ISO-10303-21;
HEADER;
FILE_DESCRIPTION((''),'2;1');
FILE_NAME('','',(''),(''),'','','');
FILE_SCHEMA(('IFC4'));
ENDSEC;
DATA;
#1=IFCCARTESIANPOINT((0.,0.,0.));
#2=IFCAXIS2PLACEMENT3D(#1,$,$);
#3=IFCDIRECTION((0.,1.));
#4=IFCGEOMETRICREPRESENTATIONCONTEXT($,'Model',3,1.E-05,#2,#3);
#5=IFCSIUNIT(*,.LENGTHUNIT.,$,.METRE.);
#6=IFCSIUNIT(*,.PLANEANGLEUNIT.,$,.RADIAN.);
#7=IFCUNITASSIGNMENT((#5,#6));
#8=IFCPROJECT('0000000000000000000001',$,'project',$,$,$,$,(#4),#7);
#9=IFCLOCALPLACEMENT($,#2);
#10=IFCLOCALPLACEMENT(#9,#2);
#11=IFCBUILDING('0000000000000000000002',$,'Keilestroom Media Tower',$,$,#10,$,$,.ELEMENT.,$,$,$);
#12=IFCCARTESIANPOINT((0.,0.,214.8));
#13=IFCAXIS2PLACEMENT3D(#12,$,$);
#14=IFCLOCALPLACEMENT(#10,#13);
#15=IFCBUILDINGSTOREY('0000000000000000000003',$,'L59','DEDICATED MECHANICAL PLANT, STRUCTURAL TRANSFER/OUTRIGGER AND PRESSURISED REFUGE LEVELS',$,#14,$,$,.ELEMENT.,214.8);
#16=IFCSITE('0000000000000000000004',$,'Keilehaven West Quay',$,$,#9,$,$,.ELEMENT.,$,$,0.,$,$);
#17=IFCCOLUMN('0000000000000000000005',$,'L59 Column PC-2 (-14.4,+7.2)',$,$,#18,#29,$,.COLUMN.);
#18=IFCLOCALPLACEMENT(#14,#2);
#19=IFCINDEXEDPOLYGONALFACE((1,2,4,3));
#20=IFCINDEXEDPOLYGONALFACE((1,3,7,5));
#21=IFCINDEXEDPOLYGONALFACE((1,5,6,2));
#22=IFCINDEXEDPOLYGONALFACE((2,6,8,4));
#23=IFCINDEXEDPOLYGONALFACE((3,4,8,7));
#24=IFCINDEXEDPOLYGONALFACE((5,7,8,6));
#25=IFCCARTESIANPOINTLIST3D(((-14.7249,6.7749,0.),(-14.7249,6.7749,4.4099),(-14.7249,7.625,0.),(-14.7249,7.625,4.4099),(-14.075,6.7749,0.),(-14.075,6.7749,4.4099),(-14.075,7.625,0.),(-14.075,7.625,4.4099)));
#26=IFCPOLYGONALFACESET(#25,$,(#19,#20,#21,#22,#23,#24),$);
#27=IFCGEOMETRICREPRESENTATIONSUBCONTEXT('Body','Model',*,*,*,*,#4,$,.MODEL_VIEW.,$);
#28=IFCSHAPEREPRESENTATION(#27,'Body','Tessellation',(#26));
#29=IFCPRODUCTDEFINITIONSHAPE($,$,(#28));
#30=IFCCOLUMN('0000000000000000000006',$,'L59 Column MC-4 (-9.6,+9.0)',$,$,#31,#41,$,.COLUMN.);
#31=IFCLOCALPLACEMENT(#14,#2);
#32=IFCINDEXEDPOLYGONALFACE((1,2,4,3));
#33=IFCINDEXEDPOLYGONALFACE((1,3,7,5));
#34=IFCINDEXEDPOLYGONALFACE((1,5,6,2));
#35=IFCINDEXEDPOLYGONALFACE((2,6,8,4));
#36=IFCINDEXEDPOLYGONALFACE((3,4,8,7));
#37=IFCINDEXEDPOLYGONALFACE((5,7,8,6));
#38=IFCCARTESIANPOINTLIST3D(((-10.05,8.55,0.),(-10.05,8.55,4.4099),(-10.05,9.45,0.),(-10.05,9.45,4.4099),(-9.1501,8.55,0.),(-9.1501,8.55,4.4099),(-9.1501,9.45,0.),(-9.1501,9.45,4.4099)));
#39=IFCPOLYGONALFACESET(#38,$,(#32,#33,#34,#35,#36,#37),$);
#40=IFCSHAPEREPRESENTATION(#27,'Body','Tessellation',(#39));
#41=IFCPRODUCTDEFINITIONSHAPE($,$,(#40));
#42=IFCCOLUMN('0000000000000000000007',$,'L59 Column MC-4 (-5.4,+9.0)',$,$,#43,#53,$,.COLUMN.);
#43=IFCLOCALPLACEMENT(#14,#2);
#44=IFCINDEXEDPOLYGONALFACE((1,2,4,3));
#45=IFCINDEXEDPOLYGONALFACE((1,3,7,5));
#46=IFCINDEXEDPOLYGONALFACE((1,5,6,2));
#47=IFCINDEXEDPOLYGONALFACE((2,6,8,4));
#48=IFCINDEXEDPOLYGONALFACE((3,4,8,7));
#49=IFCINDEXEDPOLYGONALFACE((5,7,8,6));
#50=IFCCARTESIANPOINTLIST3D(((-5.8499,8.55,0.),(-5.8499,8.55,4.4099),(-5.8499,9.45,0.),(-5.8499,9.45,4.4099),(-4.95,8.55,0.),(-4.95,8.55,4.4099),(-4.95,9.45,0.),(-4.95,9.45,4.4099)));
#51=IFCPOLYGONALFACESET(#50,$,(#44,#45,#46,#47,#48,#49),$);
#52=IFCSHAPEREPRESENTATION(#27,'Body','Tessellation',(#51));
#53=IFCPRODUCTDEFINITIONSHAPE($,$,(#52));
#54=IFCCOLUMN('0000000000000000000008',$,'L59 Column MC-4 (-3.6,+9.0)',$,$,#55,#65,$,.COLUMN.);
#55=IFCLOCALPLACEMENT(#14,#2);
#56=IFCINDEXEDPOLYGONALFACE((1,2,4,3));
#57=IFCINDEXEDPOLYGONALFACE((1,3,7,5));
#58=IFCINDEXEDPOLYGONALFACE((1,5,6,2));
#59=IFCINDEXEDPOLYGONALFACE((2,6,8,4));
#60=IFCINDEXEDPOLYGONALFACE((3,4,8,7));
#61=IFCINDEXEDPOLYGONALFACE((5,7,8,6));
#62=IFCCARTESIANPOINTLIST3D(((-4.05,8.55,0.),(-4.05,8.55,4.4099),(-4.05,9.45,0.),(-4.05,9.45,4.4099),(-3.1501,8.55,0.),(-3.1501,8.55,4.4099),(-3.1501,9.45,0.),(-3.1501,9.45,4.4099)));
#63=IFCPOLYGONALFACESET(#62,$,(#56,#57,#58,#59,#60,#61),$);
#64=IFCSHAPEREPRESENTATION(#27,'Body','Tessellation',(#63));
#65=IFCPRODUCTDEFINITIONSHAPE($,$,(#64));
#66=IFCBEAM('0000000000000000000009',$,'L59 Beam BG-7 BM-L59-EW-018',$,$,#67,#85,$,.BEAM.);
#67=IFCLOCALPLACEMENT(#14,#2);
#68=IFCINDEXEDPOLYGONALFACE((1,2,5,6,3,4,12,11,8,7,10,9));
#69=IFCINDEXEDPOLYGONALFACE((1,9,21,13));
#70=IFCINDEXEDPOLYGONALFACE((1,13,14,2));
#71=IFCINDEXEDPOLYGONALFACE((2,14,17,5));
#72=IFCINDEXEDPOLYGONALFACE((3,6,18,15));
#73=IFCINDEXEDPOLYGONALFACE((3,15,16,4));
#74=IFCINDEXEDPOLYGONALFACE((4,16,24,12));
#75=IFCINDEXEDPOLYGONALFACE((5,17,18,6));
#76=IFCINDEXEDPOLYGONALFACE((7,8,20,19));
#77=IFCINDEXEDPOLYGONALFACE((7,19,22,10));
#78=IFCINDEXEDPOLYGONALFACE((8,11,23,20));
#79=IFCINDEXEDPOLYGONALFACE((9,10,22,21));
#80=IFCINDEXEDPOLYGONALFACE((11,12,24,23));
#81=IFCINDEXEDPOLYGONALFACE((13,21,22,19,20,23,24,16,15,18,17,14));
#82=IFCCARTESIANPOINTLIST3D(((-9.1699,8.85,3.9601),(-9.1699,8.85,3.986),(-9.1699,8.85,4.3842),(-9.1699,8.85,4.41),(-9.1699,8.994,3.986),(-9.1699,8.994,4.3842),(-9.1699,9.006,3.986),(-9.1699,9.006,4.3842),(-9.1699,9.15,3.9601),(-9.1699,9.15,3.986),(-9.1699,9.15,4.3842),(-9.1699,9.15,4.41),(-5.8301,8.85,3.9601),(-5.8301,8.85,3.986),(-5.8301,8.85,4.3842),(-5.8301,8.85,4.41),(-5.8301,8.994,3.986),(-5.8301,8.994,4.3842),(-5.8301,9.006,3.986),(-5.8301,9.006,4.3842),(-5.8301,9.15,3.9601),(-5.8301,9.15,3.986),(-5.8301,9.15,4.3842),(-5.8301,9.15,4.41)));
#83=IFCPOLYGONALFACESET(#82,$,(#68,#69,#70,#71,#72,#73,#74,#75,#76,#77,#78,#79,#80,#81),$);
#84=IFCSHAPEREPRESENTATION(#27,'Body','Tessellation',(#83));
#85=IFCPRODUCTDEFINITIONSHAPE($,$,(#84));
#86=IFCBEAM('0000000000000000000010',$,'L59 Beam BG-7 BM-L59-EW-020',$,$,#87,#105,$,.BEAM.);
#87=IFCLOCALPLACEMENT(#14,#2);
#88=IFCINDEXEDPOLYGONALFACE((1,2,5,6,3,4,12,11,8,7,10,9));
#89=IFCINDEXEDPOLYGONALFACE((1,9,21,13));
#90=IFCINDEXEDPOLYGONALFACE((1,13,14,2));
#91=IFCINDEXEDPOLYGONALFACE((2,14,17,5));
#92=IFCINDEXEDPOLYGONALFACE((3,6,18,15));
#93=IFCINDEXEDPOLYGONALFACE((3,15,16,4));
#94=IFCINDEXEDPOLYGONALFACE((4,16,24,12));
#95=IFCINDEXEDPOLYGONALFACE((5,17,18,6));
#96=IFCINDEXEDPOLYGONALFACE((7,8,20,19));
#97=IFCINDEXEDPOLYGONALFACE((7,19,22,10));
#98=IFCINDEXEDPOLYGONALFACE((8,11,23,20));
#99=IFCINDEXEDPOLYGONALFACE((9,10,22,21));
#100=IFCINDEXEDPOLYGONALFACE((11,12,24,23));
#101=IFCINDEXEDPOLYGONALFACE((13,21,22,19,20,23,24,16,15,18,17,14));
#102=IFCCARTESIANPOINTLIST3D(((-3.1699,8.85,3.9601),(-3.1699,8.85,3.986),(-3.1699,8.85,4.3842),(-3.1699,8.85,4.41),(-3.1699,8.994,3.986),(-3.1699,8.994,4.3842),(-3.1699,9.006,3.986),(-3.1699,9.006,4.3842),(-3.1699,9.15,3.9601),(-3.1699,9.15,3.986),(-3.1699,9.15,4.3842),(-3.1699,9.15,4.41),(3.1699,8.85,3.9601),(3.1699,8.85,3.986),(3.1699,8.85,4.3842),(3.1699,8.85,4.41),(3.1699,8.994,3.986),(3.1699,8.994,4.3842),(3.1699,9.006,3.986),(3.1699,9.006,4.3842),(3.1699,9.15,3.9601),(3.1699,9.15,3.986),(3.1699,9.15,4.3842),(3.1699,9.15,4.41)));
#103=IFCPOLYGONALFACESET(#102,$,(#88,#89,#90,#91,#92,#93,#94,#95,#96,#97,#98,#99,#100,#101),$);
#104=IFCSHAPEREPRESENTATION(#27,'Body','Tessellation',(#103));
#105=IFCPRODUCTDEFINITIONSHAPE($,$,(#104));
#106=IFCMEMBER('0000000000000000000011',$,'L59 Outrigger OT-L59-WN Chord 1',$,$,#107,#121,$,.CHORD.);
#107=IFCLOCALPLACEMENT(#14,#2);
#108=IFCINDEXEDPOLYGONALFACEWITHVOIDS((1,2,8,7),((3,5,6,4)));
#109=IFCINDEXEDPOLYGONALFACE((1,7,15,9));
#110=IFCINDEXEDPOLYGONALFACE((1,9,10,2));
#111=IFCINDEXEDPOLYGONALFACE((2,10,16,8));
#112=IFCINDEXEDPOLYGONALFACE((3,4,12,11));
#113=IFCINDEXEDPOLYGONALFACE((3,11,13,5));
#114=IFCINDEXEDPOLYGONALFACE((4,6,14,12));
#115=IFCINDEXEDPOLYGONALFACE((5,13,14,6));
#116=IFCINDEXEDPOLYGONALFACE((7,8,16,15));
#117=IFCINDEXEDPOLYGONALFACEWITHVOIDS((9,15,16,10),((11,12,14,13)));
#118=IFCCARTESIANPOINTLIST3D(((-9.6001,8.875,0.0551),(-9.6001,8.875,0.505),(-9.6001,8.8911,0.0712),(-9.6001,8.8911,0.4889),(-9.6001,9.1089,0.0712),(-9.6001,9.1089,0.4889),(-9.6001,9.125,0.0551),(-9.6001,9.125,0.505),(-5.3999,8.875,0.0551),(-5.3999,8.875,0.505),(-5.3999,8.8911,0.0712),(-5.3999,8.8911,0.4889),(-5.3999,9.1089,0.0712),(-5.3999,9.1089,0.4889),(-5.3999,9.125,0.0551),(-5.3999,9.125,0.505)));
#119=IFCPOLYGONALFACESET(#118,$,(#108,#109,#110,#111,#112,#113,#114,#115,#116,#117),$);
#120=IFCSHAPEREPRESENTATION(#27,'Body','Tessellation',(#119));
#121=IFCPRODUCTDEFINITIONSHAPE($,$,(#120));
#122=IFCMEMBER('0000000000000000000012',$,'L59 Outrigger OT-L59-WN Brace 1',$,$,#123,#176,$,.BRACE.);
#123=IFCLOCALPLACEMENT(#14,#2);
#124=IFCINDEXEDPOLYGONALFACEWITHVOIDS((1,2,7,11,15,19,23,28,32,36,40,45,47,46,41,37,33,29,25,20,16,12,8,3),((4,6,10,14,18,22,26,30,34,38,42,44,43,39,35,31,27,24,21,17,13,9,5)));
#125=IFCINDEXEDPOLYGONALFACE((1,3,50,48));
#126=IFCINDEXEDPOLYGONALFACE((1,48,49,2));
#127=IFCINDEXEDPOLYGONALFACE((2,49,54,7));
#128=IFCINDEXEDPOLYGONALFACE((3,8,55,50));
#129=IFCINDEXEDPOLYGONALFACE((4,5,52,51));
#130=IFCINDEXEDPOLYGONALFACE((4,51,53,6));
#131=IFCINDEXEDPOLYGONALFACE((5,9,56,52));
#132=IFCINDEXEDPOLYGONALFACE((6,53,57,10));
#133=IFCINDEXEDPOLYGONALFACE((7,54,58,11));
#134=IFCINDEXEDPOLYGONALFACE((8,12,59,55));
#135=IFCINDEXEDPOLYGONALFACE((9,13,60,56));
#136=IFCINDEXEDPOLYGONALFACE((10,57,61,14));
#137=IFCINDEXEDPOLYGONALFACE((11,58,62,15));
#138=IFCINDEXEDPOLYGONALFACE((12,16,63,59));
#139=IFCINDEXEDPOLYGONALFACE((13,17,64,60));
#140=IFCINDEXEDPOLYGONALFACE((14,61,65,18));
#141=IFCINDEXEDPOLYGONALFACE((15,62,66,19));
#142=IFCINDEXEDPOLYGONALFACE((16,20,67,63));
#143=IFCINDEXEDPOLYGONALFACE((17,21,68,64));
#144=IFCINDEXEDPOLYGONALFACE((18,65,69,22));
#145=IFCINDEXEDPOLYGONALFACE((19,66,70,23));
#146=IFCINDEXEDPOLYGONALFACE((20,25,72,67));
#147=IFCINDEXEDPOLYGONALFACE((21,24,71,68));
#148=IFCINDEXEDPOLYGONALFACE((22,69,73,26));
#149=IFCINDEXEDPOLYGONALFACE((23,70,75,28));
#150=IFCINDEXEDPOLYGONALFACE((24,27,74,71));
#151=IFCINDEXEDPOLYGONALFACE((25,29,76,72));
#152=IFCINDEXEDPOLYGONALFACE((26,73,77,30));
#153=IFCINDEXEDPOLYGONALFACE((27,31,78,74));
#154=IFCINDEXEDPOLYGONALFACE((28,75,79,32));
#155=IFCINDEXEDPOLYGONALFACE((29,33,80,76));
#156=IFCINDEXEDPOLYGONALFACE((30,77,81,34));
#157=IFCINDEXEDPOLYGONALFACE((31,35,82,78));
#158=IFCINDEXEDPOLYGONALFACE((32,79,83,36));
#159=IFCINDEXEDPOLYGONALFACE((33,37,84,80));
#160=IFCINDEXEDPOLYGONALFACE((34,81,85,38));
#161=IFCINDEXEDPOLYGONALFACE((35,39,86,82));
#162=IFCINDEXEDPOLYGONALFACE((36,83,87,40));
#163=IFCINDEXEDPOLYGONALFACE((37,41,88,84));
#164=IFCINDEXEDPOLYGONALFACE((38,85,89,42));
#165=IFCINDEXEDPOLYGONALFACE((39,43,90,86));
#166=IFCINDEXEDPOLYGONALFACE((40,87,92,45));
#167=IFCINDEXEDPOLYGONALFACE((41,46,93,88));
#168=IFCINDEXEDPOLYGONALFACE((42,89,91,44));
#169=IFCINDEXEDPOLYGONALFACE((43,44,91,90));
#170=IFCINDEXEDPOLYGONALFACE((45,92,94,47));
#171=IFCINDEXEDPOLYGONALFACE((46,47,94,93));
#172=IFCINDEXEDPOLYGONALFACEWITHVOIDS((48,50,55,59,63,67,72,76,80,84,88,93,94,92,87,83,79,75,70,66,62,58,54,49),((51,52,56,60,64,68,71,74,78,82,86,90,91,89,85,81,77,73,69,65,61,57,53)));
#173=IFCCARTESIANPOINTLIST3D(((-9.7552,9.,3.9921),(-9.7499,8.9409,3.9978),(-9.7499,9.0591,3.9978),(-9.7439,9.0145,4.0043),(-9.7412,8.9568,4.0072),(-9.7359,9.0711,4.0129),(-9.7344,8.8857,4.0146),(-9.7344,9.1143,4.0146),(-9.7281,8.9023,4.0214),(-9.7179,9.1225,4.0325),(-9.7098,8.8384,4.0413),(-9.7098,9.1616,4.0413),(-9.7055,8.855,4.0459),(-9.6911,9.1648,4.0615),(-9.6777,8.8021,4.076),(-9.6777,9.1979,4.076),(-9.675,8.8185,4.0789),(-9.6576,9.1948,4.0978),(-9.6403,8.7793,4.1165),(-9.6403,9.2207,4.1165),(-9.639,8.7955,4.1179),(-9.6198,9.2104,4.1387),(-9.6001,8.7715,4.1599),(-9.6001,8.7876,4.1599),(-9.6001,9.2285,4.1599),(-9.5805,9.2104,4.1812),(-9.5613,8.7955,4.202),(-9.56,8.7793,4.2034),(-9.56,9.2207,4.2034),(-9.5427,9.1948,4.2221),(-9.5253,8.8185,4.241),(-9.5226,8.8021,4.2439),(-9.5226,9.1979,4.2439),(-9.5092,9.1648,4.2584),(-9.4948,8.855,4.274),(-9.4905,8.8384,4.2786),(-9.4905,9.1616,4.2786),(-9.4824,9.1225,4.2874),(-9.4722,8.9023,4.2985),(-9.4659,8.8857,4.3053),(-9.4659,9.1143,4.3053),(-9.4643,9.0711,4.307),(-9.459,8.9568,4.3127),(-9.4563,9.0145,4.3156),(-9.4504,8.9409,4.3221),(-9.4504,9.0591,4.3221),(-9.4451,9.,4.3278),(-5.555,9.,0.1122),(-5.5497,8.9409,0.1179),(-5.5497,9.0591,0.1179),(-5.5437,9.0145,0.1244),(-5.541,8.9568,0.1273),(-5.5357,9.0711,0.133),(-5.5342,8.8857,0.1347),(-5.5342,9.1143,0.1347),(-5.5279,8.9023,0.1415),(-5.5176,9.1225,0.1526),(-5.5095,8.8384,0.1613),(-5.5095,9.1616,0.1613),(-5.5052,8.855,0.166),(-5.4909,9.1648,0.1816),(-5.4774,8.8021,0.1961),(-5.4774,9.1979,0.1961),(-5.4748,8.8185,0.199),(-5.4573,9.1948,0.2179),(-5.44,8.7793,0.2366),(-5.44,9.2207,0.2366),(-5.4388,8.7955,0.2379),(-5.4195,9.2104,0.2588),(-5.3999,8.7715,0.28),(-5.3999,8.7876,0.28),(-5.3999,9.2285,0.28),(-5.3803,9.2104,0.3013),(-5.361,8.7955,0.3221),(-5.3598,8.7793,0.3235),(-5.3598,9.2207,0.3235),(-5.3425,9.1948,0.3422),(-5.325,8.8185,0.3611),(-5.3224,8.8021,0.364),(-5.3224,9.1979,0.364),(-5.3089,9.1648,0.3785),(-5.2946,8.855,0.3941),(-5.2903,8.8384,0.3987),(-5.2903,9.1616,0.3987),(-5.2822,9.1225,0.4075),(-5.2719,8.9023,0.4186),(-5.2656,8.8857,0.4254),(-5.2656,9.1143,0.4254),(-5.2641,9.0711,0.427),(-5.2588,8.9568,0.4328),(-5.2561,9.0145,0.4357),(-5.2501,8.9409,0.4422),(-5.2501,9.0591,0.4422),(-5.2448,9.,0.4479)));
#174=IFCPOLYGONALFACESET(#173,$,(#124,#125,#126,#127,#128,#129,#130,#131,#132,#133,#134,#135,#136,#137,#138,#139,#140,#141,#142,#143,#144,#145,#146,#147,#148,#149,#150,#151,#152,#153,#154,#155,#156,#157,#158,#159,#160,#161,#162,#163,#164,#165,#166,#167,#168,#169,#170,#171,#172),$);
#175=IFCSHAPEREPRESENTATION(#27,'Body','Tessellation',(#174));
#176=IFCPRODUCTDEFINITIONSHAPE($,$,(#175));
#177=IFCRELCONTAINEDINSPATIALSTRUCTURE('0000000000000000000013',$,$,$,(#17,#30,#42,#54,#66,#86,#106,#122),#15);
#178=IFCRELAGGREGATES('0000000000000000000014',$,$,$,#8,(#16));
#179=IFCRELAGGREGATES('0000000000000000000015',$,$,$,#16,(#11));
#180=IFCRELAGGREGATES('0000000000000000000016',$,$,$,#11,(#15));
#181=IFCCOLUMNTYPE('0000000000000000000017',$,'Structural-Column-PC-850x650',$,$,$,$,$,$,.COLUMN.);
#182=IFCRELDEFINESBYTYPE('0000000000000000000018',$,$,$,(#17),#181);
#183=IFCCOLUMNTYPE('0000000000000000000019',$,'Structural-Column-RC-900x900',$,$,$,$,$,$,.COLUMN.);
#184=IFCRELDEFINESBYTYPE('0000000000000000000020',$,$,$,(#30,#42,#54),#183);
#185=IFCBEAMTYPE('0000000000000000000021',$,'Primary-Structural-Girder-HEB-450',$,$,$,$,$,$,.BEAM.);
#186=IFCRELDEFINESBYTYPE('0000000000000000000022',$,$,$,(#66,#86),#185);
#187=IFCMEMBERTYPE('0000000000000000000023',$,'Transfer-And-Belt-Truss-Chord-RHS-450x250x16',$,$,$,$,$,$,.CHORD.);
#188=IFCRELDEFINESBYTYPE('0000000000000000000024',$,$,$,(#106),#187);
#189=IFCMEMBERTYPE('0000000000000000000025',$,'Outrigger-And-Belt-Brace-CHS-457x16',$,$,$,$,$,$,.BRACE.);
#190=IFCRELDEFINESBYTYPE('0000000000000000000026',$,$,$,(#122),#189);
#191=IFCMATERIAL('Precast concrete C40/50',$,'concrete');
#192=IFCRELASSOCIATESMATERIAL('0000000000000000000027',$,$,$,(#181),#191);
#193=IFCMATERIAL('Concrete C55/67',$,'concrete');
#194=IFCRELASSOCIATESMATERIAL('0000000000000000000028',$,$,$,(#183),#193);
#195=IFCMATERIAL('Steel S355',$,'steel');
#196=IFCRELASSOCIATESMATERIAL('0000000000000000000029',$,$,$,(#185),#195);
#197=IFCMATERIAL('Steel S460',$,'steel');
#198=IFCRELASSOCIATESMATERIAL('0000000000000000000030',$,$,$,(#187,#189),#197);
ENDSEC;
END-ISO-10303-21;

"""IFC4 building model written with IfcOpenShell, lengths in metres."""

from ifc_helpers import new_model, si_unit, direction, frame, origin, origin_2d, place, context, subcontext, project, spatial, rectangle, hollow_rectangle, hollow_circle, i_section, extrude, source, transform, mapped, material, material_profile, profile_set, type_object, element, save


model = new_model("IFC4")

# Units and contexts
model_context = context("Model", 3, precision=1e-05, world=origin(), true_north=direction((0.0, 1.0)))
body_context = subcontext(model_context, "Body", "Model", "MODEL_VIEW")
ifc_project = project(units=[si_unit("LENGTHUNIT", "METRE"), si_unit("PLANEANGLEUNIT", "RADIAN")], contexts=[model_context])

# Site, building, storey
site_placement = place(None, origin())
site = spatial("IfcSite", under=ifc_project, at=site_placement, Name="Keilehaven West Quay", CompositionType="ELEMENT", RefElevation=0.0)
building_placement = place(site_placement, origin())
building = spatial("IfcBuilding", under=site, at=building_placement, Name="Keilestroom Media Tower", CompositionType="ELEMENT")
storey_placement = place(building_placement, frame((0.0, 0.0, 214.8)))
storey = spatial("IfcBuildingStorey", under=building, at=storey_placement, Name="L59", Description="DEDICATED MECHANICAL PLANT, STRUCTURAL TRANSFER/OUTRIGGER AND PRESSURISED REFUGE LEVELS", CompositionType="ELEMENT", Elevation=214.8)

# Columns
ifc_material_1 = material(Name="Precast concrete C40/50", Category="concrete")
ifc_material_profile_1 = material_profile(ifc_material_1, rectangle(XDim=0.6499, YDim=0.8501, at=origin_2d()), Name="PC 850x650")
ifc_profile_set_1 = profile_set([ifc_material_profile_1], Name="Precast concrete C40/50")
column_type_1 = type_object("IfcColumnType", Name="Structural-Column-PC-850x650", PredefinedType="COLUMN", material=ifc_profile_set_1)
shared_shape_1 = source(origin(), body_context, "Body", "SweptSolid", [
    extrude(rectangle(XDim=0.6499, YDim=0.8501, at=origin_2d()), origin(), (0.0, 0.0, 1.0), 4.4099),
])
column_placement = place(storey_placement, frame((-14.3999, 7.2, 0.0), z_axis=(0.0, 0.0, 1.0), x_axis=(1.0, 0.0, 0.0)))
element("IfcColumn", 1, at=column_placement, inside=storey, type_object=column_type_1, Name="L59 Column PC-2 (-14.4,+7.2)", PredefinedType="COLUMN", context=body_context, shape_type="MappedRepresentation", body=[
    mapped(shared_shape_1, transform((0.0, 0.0, 0.0), x_axis=(1.0, 0.0, 0.0), y_axis=(0.0, 1.0, 0.0), z_axis=(0.0, 0.0, 1.0), scale=1.0)),
])
ifc_material_2 = material(Name="Concrete C55/67", Category="concrete")
ifc_material_profile_2 = material_profile(ifc_material_2, rectangle(XDim=0.8999, YDim=0.8999, at=origin_2d()), Name="RC 900x900")
ifc_profile_set_2 = profile_set([ifc_material_profile_2], Name="Concrete C55/67")
column_type_2 = type_object("IfcColumnType", Name="Structural-Column-RC-900x900", PredefinedType="COLUMN", material=ifc_profile_set_2)
shared_shape_2 = source(origin(), body_context, "Body", "SweptSolid", [
    extrude(rectangle(XDim=0.8999, YDim=0.8999, at=origin_2d()), origin(), (0.0, 0.0, 1.0), 4.4099),
])
for number, where, z_axis, x_axis, name in (
    (2, (-9.6001, 9.0, 0.0), (0.0, 0.0, 1.0), (1.0, 0.0, 0.0), "L59 Column MC-4 (-9.6,+9.0)"),
    (3, (-5.3999, 9.0, 0.0), (0.0, 0.0, 1.0), (1.0, 0.0, 0.0), "L59 Column MC-4 (-5.4,+9.0)"),
    (4, (-3.6001, 9.0, 0.0), (0.0, 0.0, 1.0), (1.0, 0.0, 0.0), "L59 Column MC-4 (-3.6,+9.0)"),
):
    element("IfcColumn", number, at=place(storey_placement, frame(where, z_axis=z_axis, x_axis=x_axis)), inside=storey, type_object=column_type_2, Name=name, PredefinedType="COLUMN", context=body_context, shape_type="MappedRepresentation", body=[
        mapped(shared_shape_2, transform((0.0, 0.0, 0.0), x_axis=(1.0, 0.0, 0.0), y_axis=(0.0, 1.0, 0.0), z_axis=(0.0, 0.0, 1.0), scale=1.0)),
    ])

# Beams
ifc_material_3 = material(Name="Steel S355", Category="steel")
ifc_material_profile_3 = material_profile(ifc_material_3, i_section(OverallWidth=0.3, OverallDepth=0.45, WebThickness=0.012, FlangeThickness=0.0259, at=origin_2d()), Name="HEB 450")
ifc_profile_set_3 = profile_set([ifc_material_profile_3], Name="Steel S355")
beam_type = type_object("IfcBeamType", Name="Primary-Structural-Girder-HEB-450", PredefinedType="BEAM", material=ifc_profile_set_3)
shared_shape_3 = source(origin(), body_context, "Body", "SweptSolid", [
    extrude(i_section(OverallWidth=0.3, OverallDepth=0.45, WebThickness=0.012, FlangeThickness=0.0259, at=origin_2d()), origin(), (0.0, 0.0, 1.0), 3.3398),
])
beam_1_placement = place(storey_placement, frame((-9.1699, 9.0, 4.1851), z_axis=(1.0, 0.0, 0.0), x_axis=(0.0, 1.0, 0.0)))
element("IfcBeam", 5, at=beam_1_placement, inside=storey, type_object=beam_type, Name="L59 Beam BG-7 BM-L59-EW-018", PredefinedType="BEAM", context=body_context, shape_type="MappedRepresentation", body=[
    mapped(shared_shape_3, transform((0.0, 0.0, 0.0), x_axis=(1.0, 0.0, 0.0), y_axis=(0.0, 1.0, 0.0), z_axis=(0.0, 0.0, 1.0), scale=1.0)),
])
shared_shape_4 = source(origin(), body_context, "Body", "SweptSolid", [
    extrude(i_section(OverallWidth=0.3, OverallDepth=0.45, WebThickness=0.012, FlangeThickness=0.0259, at=origin_2d()), origin(), (0.0, 0.0, 1.0), 6.3398),
])
beam_2_placement = place(storey_placement, frame((-3.1699, 9.0, 4.1851), z_axis=(1.0, 0.0, 0.0), x_axis=(0.0, 1.0, 0.0)))
element("IfcBeam", 6, at=beam_2_placement, inside=storey, type_object=beam_type, Name="L59 Beam BG-7 BM-L59-EW-020", PredefinedType="BEAM", context=body_context, shape_type="MappedRepresentation", body=[
    mapped(shared_shape_4, transform((0.0, 0.0, 0.0), x_axis=(1.0, 0.0, 0.0), y_axis=(0.0, 1.0, 0.0), z_axis=(0.0, 0.0, 1.0), scale=1.0)),
])

# Members
ifc_material_4 = material(Name="Steel S460", Category="steel")
ifc_material_profile_4 = material_profile(ifc_material_4, hollow_rectangle(XDim=0.25, YDim=0.45, WallThickness=0.0161, at=origin_2d()), Name="RHS 450x250x16")
ifc_profile_set_4 = profile_set([ifc_material_profile_4], Name="Steel S460")
member_type_1 = type_object("IfcMemberType", Name="Transfer-And-Belt-Truss-Chord-RHS-450x250x16", PredefinedType="CHORD", material=ifc_profile_set_4)
shared_shape_5 = source(origin(), body_context, "Body", "SweptSolid", [
    extrude(hollow_rectangle(XDim=0.25, YDim=0.45, WallThickness=0.0161, at=origin_2d()), origin(), (0.0, 0.0, 1.0), 4.2002),
])
member_1_placement = place(storey_placement, frame((-5.3999, 9.0, 0.28), z_axis=(-1.0, 0.0, 0.0), x_axis=(0.0, -1.0, 0.0)))
element("IfcMember", 7, at=member_1_placement, inside=storey, type_object=member_type_1, Name="L59 Outrigger OT-L59-WN Chord 1", PredefinedType="CHORD", context=body_context, shape_type="MappedRepresentation", body=[
    mapped(shared_shape_5, transform((0.0, 0.0, 0.0), x_axis=(1.0, 0.0, 0.0), y_axis=(0.0, 1.0, 0.0), z_axis=(0.0, 0.0, 1.0), scale=1.0)),
])
ifc_material_profile_5 = material_profile(ifc_material_4, hollow_circle(Radius=0.2285, WallThickness=0.0161, at=origin_2d()), Name="CHS 457x16")
ifc_profile_set_5 = profile_set([ifc_material_profile_5], Name="Steel S460")
member_type_2 = type_object("IfcMemberType", Name="Outrigger-And-Belt-Brace-CHS-457x16", PredefinedType="BRACE", material=ifc_profile_set_5)
shared_shape_6 = source(origin(), body_context, "Body", "SweptSolid", [
    extrude(hollow_circle(Radius=0.2285, WallThickness=0.0161, at=origin_2d()), origin(), (0.0, 0.0, 1.0), 5.718),
])
member_2_placement = place(storey_placement, frame((-5.3999, 9.0, 0.28), z_axis=(-0.734561, 0.0, 0.678543), x_axis=(0.0, -1.0, 0.0)))
element("IfcMember", 8, at=member_2_placement, inside=storey, type_object=member_type_2, Name="L59 Outrigger OT-L59-WN Brace 1", PredefinedType="BRACE", context=body_context, shape_type="MappedRepresentation", body=[
    mapped(shared_shape_6, transform((0.0, 0.0, 0.0), x_axis=(1.0, 0.0, 0.0), y_axis=(0.0, 1.0, 0.0), z_axis=(0.0, 0.0, 1.0), scale=1.0)),
])

save(model, "model.ifc")
